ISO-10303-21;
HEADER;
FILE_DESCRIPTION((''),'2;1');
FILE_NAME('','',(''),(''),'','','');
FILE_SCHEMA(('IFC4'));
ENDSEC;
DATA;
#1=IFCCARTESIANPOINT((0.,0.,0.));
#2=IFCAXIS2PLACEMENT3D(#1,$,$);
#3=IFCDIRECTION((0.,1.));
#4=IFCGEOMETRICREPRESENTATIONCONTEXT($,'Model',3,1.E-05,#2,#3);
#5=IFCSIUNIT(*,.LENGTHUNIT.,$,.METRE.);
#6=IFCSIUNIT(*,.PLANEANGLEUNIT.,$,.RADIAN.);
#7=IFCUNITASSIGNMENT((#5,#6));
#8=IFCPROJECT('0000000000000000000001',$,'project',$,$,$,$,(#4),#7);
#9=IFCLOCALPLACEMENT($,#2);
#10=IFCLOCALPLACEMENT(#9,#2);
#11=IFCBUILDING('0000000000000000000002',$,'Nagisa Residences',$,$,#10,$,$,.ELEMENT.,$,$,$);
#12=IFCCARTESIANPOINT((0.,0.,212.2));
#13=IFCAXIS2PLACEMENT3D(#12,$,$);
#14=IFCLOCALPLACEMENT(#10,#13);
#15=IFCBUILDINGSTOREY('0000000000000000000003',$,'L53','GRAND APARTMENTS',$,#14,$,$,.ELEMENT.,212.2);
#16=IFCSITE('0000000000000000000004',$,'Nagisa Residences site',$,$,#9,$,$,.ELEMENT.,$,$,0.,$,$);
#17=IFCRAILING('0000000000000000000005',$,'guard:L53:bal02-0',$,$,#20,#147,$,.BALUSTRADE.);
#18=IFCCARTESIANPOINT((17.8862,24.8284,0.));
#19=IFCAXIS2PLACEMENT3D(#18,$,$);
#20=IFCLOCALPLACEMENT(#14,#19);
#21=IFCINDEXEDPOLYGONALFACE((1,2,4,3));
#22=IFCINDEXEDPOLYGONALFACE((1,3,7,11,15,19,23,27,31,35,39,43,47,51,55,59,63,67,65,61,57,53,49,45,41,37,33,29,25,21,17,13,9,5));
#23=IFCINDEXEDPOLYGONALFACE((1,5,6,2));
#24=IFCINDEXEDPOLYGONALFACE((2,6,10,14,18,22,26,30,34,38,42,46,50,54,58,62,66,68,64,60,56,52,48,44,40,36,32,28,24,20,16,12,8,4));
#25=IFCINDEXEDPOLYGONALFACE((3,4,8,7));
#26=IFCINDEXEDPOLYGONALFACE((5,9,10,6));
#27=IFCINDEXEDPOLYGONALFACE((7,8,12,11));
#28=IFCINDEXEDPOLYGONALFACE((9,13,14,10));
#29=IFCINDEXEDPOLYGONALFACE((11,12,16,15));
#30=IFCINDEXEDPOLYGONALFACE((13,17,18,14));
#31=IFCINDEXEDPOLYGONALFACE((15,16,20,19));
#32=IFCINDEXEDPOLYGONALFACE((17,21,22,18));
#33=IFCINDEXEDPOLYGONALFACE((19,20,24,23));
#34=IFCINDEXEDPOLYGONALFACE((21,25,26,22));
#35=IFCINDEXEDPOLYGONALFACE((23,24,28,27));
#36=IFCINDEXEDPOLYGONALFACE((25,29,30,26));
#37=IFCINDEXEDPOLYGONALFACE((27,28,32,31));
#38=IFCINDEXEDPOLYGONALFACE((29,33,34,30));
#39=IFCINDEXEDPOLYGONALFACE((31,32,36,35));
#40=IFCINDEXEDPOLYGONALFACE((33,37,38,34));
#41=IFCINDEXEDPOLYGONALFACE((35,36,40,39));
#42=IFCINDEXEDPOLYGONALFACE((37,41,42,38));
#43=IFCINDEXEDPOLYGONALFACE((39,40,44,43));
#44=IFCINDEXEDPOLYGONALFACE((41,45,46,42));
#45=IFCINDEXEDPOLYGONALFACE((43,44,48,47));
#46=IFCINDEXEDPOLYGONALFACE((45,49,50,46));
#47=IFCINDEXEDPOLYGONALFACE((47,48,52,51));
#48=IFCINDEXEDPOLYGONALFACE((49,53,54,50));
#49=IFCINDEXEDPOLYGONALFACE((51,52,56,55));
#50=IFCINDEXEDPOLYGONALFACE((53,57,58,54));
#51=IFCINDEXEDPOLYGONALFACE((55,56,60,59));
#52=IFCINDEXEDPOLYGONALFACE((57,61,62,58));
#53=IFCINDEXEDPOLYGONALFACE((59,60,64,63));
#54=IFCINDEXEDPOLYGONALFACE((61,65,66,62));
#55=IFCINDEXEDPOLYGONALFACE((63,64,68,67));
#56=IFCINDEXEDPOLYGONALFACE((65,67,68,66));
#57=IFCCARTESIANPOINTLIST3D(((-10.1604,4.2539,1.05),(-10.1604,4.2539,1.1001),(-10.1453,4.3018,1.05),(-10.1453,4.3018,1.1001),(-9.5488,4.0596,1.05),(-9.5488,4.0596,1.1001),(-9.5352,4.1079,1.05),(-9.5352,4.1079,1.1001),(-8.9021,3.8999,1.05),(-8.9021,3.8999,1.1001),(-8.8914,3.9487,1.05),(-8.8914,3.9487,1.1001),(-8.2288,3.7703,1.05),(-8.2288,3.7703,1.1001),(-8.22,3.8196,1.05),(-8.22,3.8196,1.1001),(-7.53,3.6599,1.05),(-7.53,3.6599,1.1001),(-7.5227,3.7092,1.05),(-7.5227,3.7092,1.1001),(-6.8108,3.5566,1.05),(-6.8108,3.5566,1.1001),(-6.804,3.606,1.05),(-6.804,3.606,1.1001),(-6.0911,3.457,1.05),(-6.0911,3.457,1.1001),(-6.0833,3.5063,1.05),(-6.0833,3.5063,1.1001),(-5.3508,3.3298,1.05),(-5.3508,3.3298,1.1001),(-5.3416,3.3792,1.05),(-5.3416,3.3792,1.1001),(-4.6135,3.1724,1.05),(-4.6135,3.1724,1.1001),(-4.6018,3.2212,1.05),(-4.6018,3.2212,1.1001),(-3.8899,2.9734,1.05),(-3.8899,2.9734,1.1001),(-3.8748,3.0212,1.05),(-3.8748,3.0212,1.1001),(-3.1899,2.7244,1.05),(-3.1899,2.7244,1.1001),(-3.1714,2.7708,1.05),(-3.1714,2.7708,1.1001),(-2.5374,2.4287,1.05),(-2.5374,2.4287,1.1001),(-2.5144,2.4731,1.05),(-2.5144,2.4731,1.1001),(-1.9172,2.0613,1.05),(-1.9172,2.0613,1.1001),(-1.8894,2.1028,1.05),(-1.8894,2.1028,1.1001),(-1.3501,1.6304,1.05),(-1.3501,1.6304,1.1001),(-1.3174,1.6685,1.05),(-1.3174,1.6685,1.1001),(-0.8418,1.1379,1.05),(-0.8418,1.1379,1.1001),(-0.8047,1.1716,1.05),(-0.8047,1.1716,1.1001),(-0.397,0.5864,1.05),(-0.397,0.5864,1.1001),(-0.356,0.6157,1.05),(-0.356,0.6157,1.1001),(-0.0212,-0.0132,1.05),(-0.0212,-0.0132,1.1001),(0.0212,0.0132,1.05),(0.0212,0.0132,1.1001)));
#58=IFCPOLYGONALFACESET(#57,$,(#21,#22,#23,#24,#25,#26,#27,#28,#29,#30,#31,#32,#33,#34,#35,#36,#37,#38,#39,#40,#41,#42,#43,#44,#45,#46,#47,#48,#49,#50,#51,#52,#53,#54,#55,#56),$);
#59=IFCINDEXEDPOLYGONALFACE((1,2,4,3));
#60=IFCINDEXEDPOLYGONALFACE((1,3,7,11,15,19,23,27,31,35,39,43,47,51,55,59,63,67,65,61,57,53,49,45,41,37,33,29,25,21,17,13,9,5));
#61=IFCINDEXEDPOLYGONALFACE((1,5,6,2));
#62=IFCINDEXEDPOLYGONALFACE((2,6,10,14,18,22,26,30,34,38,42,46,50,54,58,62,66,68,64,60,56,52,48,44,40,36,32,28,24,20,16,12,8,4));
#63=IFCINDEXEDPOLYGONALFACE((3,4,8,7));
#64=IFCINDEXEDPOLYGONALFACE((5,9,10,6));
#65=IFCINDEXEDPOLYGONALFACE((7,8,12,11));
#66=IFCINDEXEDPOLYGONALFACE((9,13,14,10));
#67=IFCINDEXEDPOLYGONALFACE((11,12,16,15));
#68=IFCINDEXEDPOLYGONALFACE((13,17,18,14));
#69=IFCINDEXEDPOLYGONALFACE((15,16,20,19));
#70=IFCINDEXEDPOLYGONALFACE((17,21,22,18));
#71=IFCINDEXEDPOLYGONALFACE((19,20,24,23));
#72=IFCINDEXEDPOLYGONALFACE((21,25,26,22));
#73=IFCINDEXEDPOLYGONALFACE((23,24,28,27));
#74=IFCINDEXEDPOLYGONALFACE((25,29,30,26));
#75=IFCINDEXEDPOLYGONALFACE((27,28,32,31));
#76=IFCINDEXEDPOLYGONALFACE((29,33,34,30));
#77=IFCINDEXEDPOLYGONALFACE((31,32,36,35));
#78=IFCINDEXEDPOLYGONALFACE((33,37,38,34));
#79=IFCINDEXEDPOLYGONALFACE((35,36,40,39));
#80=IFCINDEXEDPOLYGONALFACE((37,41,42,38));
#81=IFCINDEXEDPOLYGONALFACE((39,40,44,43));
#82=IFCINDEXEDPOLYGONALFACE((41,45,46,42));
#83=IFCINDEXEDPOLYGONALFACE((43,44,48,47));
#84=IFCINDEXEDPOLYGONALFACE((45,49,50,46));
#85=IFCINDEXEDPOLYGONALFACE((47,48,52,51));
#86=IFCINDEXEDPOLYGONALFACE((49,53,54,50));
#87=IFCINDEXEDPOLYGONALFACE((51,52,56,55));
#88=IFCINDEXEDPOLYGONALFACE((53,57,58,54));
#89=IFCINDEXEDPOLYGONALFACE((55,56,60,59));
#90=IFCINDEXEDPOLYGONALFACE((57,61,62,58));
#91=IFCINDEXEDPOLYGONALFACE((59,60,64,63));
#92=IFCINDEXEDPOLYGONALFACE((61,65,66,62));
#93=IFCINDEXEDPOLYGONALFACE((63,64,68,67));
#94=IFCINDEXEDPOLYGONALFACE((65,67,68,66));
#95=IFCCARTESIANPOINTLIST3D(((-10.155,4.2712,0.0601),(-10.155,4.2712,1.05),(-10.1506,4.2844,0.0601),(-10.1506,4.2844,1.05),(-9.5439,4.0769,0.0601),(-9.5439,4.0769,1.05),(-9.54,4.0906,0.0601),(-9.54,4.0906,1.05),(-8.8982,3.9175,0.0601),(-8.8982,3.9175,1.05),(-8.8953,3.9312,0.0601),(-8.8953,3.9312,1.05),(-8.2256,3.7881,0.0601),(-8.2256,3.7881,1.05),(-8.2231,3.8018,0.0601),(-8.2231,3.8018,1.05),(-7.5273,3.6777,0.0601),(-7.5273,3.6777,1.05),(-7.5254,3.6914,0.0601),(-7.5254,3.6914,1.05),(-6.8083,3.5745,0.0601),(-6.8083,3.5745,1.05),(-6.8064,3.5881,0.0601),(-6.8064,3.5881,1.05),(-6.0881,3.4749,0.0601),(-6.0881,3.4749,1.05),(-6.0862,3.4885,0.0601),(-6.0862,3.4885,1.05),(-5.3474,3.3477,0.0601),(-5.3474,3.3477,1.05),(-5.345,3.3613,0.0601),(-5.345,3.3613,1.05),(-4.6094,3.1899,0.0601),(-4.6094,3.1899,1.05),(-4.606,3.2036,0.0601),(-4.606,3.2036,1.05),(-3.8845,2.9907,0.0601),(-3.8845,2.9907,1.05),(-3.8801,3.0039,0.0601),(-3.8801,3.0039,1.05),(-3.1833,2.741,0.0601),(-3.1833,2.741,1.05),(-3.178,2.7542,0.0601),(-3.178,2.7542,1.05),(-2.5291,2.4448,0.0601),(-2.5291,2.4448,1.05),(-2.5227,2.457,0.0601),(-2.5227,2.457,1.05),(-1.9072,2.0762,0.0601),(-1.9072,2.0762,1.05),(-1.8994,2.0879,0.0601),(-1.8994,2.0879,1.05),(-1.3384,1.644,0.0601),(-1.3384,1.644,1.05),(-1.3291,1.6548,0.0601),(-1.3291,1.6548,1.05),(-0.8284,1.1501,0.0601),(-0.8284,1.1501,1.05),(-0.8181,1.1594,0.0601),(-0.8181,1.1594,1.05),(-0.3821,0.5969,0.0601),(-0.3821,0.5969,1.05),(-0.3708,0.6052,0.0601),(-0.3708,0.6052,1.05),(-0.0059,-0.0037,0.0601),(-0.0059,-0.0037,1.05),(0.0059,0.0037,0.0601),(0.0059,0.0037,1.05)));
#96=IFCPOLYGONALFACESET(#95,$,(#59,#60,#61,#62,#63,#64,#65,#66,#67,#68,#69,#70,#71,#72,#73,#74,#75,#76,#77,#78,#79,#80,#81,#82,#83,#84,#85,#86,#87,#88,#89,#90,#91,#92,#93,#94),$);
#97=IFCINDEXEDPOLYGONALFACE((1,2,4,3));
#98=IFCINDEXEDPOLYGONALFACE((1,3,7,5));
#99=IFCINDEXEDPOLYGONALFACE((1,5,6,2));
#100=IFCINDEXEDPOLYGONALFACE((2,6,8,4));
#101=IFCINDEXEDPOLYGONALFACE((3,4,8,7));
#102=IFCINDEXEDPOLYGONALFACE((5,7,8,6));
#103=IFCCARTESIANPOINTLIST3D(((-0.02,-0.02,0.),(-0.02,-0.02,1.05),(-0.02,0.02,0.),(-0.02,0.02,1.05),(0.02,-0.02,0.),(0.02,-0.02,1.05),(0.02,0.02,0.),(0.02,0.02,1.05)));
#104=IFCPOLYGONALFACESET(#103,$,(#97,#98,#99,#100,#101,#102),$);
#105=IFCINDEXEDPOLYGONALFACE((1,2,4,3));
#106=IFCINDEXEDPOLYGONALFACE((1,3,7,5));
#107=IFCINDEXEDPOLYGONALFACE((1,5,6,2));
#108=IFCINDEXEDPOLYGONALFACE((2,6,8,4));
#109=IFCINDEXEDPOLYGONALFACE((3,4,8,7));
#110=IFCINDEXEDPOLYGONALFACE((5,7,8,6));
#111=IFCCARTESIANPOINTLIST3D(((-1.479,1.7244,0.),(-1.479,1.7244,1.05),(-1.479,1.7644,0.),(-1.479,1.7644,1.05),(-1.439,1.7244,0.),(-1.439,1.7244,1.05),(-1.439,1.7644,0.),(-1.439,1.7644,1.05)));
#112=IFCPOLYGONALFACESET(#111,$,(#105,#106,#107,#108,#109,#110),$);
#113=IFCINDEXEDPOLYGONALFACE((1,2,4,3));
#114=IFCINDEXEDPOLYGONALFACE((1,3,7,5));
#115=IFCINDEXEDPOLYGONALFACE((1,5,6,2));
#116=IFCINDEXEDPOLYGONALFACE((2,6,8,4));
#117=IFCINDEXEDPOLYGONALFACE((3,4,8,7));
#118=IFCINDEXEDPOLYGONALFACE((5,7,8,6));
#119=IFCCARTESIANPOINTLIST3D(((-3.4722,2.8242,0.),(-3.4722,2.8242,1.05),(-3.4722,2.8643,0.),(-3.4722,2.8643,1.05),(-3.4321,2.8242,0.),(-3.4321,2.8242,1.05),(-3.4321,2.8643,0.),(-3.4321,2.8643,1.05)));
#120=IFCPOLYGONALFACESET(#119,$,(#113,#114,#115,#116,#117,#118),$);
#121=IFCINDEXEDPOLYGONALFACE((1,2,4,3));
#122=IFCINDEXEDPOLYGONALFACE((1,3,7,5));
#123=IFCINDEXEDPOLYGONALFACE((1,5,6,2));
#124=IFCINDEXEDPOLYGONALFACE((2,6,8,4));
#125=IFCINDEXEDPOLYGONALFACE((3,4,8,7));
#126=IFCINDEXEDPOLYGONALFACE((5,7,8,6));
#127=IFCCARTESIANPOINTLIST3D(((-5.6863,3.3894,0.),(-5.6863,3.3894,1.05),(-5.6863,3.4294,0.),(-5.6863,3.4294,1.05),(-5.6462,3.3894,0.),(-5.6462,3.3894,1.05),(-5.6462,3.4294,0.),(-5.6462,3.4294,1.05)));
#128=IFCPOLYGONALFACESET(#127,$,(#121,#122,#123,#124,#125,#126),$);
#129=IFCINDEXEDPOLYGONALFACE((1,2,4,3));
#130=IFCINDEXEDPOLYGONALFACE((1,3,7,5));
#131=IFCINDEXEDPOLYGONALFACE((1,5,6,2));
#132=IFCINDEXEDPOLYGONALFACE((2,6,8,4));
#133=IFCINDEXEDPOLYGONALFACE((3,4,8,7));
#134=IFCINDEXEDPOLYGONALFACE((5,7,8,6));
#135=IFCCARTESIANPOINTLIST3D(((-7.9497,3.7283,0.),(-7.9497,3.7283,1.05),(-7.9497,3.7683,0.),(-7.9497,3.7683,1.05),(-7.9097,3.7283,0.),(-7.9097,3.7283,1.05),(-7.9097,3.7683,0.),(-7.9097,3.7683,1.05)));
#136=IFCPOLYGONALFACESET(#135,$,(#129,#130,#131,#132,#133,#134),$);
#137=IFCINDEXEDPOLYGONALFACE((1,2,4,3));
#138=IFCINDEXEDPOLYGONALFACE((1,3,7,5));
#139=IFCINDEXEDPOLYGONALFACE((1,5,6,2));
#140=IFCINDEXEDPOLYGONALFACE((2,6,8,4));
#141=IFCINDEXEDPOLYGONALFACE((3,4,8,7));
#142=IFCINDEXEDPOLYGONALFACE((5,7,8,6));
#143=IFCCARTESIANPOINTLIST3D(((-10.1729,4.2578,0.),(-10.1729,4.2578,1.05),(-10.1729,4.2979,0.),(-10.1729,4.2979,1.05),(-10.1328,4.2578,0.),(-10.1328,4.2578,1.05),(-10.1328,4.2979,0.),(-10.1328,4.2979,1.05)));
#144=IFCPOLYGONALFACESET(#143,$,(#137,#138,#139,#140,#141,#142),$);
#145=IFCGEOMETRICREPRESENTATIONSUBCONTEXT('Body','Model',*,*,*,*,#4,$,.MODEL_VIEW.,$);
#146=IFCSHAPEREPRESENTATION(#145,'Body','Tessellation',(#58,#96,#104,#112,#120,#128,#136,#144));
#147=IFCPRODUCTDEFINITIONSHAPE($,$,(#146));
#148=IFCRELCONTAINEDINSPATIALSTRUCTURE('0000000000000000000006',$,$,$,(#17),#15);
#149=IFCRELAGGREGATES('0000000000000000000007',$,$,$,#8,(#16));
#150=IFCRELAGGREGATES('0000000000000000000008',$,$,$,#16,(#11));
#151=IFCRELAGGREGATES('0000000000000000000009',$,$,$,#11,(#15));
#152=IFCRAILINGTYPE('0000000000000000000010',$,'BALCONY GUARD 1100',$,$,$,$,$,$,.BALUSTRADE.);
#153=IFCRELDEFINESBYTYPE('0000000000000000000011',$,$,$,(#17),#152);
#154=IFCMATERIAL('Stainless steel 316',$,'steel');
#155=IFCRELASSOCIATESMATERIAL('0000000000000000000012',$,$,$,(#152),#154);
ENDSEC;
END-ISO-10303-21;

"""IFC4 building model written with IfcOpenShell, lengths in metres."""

from ifc_helpers import new_model, si_unit, direction, frame, origin, origin_2d, place, context, subcontext, project, spatial, polyline, rectangle, outline, extrude, material, type_object, element, save


model = new_model("IFC4")

# Units and contexts
model_context = context("Model", 3, precision=1e-05, world=origin(), true_north=direction((0.0, 1.0)))
body_context = subcontext(model_context, "Body", "Model", "MODEL_VIEW")
ifc_project = project(units=[si_unit("LENGTHUNIT", "METRE"), si_unit("PLANEANGLEUNIT", "RADIAN")], contexts=[model_context])

# Site, building, storey
site_placement = place(None, origin())
site = spatial("IfcSite", under=ifc_project, at=site_placement, Name="Nagisa Residences site", CompositionType="ELEMENT", RefElevation=0.0)
building_placement = place(site_placement, origin())
building = spatial("IfcBuilding", under=site, at=building_placement, Name="Nagisa Residences", CompositionType="ELEMENT")
storey_placement = place(building_placement, frame((0.0, 0.0, 212.2)))
storey = spatial("IfcBuildingStorey", under=building, at=storey_placement, Name="L53", Description="GRAND APARTMENTS", CompositionType="ELEMENT", Elevation=212.2)

# Railing
ifc_material_1 = material(Name="Stainless steel 316", Category="steel")
railing_type_1 = type_object("IfcRailingType", Name="BALCONY GUARD 1100", PredefinedType="BALUSTRADE", material=ifc_material_1)
railing_1_placement = place(storey_placement, frame((17.8862, 24.8284, 0.0)))
element("IfcRailing", 1, at=railing_1_placement, inside=storey, type_object=railing_type_1, Name="guard:L53:bal02-0", PredefinedType="BALUSTRADE", context=body_context, shape_type="SweptSolid", body=[
    extrude(outline(polyline([(-0.397, 0.5864), (-0.0212, -0.0132), (0.0212, 0.0132), (-0.356, 0.6157), (-0.8047, 1.1716), (-1.3174, 1.6685), (-1.8894, 2.1028), (-2.5144, 2.4731), (-3.1714, 2.7708), (-3.8748, 3.0212), (-4.6018, 3.2212), (-5.3416, 3.3792), (-6.0833, 3.5063), (-6.804, 3.606), (-7.5227, 3.7092), (-8.22, 3.8196), (-8.8914, 3.9487), (-9.5352, 4.1079), (-10.1453, 4.3018), (-10.1604, 4.2539), (-9.5488, 4.0596), (-8.9021, 3.8999), (-8.2288, 3.7703), (-7.53, 3.6599), (-6.8108, 3.5566), (-6.0911, 3.457), (-5.3508, 3.3298), (-4.6135, 3.1724), (-3.8899, 2.9734), (-3.1899, 2.7244), (-2.5374, 2.4287), (-1.9172, 2.0613), (-1.3501, 1.6304), (-0.8418, 1.1379), (-0.397, 0.5864)])), frame((0.0, 0.0, 1.05)), (0.0, 0.0, 1.0), 0.05),
    extrude(outline(polyline([(-0.3821, 0.5969), (-0.0059, -0.0037), (0.0059, 0.0037), (-0.3708, 0.6052), (-0.8181, 1.1594), (-1.3291, 1.6548), (-1.8994, 2.0879), (-2.5227, 2.457), (-3.178, 2.7542), (-3.8801, 3.0039), (-4.606, 3.2036), (-5.345, 3.3613), (-6.0862, 3.4885), (-6.8064, 3.5881), (-7.5254, 3.6914), (-8.2231, 3.8018), (-8.8953, 3.9312), (-9.54, 4.0906), (-10.1506, 4.2844), (-10.155, 4.2712), (-9.5439, 4.0769), (-8.8982, 3.9175), (-8.2256, 3.7881), (-7.5273, 3.6777), (-6.8083, 3.5745), (-6.0881, 3.4749), (-5.3474, 3.3477), (-4.6094, 3.1899), (-3.8845, 2.9907), (-3.1833, 2.741), (-2.5291, 2.4448), (-1.9072, 2.0762), (-1.3384, 1.644), (-0.8284, 1.1501), (-0.3821, 0.5969)])), frame((0.0, 0.0, 0.0601)), (0.0, 0.0, 1.0), 0.99),
    extrude(rectangle(XDim=0.04, YDim=0.04, at=origin_2d()), origin(), (0.0, 0.0, 1.0), 1.05),
    extrude(rectangle(XDim=0.04, YDim=0.04, at=origin_2d()), frame((-1.459, 1.7444, 0.0)), (0.0, 0.0, 1.0), 1.05),
    extrude(rectangle(XDim=0.04, YDim=0.04, at=origin_2d()), frame((-3.4521, 2.8442, 0.0)), (0.0, 0.0, 1.0), 1.05),
    extrude(rectangle(XDim=0.04, YDim=0.04, at=origin_2d()), frame((-5.6663, 3.4094, 0.0)), (0.0, 0.0, 1.0), 1.05),
    extrude(rectangle(XDim=0.04, YDim=0.04, at=origin_2d()), frame((-7.9297, 3.7483, 0.0)), (0.0, 0.0, 1.0), 1.05),
    extrude(rectangle(XDim=0.04, YDim=0.04, at=origin_2d()), frame((-10.1528, 4.2778, 0.0)), (0.0, 0.0, 1.0), 1.05),
])

save(model, "model.ifc")
